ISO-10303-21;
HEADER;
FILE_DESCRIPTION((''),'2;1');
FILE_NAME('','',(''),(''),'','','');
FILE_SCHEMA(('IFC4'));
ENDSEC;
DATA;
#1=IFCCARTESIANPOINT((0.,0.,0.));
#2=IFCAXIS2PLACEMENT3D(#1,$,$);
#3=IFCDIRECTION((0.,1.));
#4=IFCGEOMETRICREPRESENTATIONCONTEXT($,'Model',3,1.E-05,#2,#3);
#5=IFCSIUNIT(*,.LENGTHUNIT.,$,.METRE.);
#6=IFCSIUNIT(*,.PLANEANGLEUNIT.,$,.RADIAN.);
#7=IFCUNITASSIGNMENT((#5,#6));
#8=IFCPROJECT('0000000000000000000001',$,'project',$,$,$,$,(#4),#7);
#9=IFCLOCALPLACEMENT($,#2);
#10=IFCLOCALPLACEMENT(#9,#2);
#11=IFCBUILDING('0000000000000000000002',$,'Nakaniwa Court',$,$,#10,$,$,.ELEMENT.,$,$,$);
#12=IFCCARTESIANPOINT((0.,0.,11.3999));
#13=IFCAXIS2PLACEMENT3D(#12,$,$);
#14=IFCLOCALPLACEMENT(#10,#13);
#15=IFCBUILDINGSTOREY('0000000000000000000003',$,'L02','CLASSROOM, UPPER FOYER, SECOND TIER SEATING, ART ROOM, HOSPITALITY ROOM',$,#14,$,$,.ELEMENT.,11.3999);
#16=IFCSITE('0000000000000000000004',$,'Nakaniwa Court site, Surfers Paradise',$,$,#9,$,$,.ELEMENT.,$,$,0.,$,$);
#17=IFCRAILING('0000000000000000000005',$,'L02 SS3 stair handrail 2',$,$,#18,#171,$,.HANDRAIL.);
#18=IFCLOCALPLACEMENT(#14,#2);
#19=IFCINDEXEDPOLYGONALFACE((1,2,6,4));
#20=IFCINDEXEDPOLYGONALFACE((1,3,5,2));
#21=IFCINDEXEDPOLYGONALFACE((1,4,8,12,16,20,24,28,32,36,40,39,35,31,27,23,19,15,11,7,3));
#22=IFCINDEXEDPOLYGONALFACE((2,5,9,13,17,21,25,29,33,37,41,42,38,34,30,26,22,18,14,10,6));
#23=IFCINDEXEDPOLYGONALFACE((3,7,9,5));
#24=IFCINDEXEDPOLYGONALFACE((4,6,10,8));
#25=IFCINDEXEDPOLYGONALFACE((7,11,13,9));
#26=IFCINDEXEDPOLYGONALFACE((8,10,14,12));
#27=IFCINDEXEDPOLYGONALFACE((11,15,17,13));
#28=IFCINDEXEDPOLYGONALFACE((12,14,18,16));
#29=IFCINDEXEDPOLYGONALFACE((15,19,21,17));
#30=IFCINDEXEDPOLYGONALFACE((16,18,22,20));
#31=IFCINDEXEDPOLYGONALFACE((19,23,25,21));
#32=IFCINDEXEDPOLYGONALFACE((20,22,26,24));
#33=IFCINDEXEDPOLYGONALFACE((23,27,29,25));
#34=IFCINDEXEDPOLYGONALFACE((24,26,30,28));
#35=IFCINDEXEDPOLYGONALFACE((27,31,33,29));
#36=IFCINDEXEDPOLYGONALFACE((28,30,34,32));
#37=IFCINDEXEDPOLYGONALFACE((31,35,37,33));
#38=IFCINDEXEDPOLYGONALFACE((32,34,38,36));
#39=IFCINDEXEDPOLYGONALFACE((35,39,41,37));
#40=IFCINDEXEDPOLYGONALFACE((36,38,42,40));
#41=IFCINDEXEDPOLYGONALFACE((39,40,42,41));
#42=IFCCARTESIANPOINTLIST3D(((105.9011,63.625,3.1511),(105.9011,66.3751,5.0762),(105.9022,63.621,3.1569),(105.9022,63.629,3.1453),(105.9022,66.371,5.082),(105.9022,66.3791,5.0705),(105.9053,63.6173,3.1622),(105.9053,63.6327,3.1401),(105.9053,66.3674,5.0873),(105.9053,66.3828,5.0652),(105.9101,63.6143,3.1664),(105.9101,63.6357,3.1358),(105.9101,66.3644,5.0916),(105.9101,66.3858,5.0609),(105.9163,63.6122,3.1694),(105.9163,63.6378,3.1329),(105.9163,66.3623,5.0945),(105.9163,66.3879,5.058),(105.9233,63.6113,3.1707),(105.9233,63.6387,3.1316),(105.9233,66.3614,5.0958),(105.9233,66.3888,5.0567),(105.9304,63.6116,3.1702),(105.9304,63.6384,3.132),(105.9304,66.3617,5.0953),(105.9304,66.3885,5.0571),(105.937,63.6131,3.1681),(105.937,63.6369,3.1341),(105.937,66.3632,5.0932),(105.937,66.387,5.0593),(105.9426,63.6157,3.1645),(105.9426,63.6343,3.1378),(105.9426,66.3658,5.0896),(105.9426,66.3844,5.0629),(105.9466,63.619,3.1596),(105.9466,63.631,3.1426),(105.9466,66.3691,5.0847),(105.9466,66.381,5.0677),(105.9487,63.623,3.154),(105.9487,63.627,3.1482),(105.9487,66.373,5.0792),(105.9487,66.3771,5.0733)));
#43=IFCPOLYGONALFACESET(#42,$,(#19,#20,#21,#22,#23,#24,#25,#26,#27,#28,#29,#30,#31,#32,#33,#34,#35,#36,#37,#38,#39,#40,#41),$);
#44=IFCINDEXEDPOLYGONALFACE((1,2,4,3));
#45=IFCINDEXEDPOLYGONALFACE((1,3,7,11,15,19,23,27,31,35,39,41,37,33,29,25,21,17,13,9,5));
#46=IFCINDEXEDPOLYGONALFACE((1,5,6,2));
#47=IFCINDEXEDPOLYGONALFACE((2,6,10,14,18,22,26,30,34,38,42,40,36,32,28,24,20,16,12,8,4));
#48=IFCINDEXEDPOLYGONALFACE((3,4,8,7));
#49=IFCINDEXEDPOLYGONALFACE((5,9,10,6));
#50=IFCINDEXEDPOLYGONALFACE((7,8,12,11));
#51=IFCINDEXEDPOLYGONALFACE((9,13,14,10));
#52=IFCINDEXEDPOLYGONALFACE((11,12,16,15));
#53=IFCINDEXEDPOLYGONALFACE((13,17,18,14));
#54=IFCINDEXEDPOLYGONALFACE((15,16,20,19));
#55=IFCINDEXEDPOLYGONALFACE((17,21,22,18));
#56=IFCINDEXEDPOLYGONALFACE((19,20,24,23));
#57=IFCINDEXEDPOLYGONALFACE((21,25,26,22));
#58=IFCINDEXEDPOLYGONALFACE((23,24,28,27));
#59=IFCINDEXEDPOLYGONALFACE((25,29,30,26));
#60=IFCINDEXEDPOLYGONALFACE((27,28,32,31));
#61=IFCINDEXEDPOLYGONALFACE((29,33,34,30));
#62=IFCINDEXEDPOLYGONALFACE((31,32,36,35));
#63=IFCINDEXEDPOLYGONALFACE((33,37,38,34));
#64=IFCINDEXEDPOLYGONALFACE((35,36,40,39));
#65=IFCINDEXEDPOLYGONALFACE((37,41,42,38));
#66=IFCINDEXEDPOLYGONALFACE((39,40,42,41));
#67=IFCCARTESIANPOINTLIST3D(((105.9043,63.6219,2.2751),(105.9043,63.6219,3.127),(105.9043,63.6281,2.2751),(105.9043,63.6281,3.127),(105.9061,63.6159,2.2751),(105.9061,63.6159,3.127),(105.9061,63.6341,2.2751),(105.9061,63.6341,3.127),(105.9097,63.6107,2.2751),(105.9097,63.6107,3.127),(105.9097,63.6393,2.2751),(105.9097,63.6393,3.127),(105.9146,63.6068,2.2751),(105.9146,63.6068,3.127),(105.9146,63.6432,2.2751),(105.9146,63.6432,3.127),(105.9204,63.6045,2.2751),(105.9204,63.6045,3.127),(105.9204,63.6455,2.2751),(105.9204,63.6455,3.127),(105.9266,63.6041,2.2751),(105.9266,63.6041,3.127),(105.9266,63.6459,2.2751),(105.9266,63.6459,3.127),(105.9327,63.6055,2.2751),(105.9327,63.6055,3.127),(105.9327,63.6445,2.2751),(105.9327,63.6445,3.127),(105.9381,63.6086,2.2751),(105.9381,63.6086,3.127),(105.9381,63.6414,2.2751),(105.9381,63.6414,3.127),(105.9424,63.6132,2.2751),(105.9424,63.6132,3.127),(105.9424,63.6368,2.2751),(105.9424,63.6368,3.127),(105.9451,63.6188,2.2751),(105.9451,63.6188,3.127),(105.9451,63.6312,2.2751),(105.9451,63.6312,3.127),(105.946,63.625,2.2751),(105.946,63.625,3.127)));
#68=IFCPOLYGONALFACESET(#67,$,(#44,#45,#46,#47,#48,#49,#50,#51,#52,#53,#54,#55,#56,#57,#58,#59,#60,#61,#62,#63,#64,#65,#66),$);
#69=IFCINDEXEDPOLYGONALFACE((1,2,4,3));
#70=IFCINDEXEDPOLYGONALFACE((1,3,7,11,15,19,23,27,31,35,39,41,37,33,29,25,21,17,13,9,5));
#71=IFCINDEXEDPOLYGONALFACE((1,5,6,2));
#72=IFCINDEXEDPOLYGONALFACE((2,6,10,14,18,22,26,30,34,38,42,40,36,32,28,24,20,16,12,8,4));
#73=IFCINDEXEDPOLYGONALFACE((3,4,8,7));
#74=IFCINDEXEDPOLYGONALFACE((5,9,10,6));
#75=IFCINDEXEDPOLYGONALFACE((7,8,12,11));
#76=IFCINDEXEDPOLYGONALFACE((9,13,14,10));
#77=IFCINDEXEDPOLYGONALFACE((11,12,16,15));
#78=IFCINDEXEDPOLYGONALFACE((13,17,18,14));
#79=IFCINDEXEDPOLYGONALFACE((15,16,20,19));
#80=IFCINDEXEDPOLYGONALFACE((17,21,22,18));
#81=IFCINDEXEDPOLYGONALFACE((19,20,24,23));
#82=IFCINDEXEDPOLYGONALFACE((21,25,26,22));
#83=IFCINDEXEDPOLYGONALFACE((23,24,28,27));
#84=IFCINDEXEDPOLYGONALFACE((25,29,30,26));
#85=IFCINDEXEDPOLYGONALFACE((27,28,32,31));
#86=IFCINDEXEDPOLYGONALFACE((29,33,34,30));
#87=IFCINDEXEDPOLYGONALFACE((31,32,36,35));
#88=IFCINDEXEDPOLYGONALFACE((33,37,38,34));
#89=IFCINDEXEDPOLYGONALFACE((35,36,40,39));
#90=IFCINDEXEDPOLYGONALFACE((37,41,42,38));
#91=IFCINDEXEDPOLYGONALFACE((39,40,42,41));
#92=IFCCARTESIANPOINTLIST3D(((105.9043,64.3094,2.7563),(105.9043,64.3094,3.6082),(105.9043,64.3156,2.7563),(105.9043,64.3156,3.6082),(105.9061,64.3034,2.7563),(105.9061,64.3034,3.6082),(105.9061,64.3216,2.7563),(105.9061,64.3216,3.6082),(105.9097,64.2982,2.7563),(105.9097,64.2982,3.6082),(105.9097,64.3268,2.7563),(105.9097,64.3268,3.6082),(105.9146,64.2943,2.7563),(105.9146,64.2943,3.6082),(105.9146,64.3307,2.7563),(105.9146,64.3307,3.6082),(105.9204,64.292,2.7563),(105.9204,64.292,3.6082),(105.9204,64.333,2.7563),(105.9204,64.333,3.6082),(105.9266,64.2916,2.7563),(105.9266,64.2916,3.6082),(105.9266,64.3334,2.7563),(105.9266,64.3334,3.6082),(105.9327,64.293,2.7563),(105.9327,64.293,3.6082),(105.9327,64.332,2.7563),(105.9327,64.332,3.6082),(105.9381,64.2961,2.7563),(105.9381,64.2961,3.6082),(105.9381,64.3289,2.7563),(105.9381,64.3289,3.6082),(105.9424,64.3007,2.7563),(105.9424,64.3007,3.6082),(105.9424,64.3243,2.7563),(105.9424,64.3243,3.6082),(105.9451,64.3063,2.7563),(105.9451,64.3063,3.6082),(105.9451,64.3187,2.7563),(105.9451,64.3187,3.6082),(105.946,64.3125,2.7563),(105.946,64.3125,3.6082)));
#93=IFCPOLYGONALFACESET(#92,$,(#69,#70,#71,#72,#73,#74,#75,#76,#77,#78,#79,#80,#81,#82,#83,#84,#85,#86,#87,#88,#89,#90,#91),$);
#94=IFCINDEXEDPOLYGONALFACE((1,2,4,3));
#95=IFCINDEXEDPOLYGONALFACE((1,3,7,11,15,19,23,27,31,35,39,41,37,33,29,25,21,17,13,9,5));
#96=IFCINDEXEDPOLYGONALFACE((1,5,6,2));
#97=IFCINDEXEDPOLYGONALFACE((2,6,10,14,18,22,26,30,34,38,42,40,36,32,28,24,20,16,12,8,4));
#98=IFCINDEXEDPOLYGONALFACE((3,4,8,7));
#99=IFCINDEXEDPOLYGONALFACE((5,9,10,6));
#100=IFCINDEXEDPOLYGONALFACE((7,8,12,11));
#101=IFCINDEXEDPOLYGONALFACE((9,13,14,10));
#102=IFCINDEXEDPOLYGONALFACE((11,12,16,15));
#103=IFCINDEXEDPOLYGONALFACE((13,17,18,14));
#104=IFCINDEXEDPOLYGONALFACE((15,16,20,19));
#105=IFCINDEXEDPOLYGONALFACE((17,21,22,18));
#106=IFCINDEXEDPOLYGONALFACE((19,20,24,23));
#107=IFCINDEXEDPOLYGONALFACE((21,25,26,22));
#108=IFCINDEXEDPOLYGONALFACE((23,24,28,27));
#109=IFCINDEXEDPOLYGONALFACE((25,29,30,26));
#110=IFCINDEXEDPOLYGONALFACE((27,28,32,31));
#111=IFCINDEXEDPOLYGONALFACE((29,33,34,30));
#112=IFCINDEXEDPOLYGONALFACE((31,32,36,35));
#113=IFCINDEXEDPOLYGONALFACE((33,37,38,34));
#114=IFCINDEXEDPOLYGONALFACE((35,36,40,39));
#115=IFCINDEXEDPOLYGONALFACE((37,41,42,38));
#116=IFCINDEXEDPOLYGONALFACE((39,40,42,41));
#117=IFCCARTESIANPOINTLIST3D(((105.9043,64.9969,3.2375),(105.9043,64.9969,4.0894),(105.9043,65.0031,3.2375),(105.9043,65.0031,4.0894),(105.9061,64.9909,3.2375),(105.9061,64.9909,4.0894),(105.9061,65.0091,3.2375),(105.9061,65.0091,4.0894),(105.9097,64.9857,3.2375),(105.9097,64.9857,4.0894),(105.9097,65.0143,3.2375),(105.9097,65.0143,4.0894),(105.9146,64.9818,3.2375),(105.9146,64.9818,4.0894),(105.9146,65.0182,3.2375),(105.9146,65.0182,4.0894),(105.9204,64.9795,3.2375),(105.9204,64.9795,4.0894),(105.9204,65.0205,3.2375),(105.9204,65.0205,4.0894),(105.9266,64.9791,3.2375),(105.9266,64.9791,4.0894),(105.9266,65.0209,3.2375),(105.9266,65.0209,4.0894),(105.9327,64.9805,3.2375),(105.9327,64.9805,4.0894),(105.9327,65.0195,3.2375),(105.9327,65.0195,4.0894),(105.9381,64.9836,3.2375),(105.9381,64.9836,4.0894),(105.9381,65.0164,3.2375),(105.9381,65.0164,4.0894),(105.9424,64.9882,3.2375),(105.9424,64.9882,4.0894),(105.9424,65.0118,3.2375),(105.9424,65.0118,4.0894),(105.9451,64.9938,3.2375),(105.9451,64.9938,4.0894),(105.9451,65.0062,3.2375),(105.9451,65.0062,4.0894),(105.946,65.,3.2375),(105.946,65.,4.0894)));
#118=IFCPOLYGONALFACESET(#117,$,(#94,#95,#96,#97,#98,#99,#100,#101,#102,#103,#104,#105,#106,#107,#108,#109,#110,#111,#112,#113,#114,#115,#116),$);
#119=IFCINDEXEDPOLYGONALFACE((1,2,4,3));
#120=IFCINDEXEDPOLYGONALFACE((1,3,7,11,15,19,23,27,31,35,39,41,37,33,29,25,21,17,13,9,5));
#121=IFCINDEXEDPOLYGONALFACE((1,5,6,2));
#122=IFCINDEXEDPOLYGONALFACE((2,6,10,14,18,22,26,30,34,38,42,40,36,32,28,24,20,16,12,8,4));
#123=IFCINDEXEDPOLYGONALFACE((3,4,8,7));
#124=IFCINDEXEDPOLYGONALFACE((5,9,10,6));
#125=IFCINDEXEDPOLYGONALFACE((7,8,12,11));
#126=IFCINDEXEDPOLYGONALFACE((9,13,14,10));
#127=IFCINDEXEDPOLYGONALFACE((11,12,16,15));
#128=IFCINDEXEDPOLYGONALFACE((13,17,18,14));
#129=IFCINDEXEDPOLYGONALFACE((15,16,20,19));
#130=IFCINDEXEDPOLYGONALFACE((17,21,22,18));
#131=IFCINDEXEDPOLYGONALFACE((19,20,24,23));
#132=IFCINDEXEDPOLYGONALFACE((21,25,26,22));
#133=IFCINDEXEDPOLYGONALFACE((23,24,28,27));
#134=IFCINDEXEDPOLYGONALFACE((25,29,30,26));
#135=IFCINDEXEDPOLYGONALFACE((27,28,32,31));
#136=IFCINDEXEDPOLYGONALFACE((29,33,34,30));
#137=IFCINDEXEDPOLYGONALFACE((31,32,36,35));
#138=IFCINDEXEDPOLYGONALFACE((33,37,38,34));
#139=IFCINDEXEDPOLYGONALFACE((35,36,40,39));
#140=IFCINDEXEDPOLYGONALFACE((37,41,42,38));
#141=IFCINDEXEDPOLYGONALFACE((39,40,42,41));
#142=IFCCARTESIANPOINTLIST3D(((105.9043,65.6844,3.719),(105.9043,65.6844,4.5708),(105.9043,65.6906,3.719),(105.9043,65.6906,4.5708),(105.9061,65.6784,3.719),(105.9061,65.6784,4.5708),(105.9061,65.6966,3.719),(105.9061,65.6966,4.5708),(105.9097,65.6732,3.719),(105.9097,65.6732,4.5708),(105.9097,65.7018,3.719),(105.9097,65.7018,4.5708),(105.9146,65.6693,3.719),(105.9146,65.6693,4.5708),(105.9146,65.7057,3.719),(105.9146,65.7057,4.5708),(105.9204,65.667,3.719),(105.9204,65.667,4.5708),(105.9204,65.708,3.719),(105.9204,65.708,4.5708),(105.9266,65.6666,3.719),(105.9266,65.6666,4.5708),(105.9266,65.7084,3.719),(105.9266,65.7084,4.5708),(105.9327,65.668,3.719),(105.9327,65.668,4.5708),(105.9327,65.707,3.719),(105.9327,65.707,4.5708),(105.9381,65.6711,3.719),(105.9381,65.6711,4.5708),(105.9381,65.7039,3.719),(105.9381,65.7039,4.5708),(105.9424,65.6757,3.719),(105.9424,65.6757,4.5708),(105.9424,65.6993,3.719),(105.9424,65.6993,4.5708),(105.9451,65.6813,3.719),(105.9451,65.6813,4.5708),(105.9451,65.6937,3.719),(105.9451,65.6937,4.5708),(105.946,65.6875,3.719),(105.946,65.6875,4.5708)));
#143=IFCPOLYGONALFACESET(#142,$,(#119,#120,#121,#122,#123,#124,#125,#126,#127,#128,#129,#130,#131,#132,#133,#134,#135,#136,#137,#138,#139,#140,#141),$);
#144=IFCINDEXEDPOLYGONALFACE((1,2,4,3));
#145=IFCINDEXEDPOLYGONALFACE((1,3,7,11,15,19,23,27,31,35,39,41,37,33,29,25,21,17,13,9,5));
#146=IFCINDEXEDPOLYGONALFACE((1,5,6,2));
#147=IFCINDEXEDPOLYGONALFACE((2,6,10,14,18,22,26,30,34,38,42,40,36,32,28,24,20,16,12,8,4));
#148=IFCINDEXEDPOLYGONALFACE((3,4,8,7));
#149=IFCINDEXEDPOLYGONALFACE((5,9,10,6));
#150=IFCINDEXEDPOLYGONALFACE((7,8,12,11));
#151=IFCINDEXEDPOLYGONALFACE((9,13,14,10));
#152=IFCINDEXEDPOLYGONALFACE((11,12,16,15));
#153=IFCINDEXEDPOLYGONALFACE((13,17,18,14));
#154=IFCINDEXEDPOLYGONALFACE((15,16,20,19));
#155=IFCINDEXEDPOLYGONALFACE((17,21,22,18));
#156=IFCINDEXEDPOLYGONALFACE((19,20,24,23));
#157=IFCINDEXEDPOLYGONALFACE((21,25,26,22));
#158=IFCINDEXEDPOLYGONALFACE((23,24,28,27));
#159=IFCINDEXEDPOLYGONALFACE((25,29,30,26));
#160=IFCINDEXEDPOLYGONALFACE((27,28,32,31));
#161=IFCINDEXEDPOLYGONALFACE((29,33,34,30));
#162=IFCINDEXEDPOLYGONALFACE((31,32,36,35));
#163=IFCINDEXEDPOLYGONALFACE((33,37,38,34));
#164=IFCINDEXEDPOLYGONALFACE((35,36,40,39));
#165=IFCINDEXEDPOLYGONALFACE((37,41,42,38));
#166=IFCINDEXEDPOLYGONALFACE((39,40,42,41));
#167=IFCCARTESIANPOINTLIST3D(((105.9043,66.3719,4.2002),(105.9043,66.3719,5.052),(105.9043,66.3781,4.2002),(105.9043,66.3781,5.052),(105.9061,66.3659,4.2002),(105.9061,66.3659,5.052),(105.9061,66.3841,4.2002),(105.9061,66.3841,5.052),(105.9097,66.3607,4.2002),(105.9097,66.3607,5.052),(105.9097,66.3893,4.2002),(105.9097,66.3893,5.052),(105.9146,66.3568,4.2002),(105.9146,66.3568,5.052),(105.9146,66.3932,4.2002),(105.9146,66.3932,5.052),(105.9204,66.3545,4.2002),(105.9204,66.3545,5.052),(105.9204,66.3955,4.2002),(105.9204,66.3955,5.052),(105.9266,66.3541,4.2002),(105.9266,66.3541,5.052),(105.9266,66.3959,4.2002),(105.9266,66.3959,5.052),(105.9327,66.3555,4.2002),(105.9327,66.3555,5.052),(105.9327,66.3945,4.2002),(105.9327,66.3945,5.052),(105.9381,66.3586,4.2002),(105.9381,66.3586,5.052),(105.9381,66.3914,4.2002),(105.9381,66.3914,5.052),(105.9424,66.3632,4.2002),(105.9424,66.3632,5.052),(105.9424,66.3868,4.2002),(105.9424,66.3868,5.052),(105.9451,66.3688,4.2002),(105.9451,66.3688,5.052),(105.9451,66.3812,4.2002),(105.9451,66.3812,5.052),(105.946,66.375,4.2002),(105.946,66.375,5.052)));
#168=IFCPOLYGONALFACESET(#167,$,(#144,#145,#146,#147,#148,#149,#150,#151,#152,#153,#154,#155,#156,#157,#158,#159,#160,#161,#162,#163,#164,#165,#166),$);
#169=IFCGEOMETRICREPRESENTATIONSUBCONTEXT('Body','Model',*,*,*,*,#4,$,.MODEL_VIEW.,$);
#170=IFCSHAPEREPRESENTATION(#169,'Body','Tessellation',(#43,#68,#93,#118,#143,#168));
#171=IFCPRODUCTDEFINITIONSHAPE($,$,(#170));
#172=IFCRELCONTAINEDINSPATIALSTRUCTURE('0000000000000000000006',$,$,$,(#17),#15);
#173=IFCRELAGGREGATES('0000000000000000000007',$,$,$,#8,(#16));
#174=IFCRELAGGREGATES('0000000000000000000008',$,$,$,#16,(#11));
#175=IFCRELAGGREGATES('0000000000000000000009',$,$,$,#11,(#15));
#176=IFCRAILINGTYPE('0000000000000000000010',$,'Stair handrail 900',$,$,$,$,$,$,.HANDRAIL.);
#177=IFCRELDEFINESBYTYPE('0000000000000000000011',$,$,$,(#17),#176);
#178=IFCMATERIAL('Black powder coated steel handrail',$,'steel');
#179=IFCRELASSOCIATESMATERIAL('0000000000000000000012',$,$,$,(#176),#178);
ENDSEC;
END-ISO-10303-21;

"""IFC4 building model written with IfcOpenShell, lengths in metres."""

from ifc_helpers import new_model, si_unit, direction, frame, origin, origin_2d, place, context, subcontext, project, spatial, circle, extrude, material, type_object, element, save


model = new_model("IFC4")

# Units and contexts
model_context = context("Model", 3, precision=1e-05, world=origin(), true_north=direction((0.0, 1.0)))
body_context = subcontext(model_context, "Body", "Model", "MODEL_VIEW")
ifc_project = project(units=[si_unit("LENGTHUNIT", "METRE"), si_unit("PLANEANGLEUNIT", "RADIAN")], contexts=[model_context])

# Site, building, storey
site_placement = place(None, origin())
site = spatial("IfcSite", under=ifc_project, at=site_placement, Name="Nakaniwa Court site, Surfers Paradise", CompositionType="ELEMENT", RefElevation=0.0)
building_placement = place(site_placement, origin())
building = spatial("IfcBuilding", under=site, at=building_placement, Name="Nakaniwa Court", CompositionType="ELEMENT")
storey_placement = place(building_placement, frame((0.0, 0.0, 11.3999)))
storey = spatial("IfcBuildingStorey", under=building, at=storey_placement, Name="L02", Description="CLASSROOM, UPPER FOYER, SECOND TIER SEATING, ART ROOM, HOSPITALITY ROOM", CompositionType="ELEMENT", Elevation=11.3999)

# Railing
ifc_material_1 = material(Name="Black powder coated steel handrail", Category="steel")
railing_type_1 = type_object("IfcRailingType", Name="Stair handrail 900", PredefinedType="HANDRAIL", material=ifc_material_1)
railing_1_placement = place(storey_placement, frame((105.925, 63.625, 2.2751)))
element("IfcRailing", 1, at=railing_1_placement, inside=storey, type_object=railing_type_1, Name="L02 SS3 stair handrail 2", PredefinedType="HANDRAIL", context=body_context, shape_type="SweptSolid", body=[
    extrude(circle(Radius=0.0239, at=origin_2d()), frame((0.0, 0.0, 0.876), z_axis=(0.0, 0.819225, 0.573472), x_axis=(-1.0, 0.0, 0.0)), (0.0, 0.0, 1.0), 3.3569),
    extrude(circle(Radius=0.021, at=origin_2d()), origin(), (0.0, 0.0, 1.0), 0.8518),
    extrude(circle(Radius=0.021, at=origin_2d()), frame((0.0, 0.6875, 0.4812)), (0.0, 0.0, 1.0), 0.8518),
    extrude(circle(Radius=0.021, at=origin_2d()), frame((0.0, 1.375, 0.9624)), (0.0, 0.0, 1.0), 0.8518),
    extrude(circle(Radius=0.021, at=origin_2d()), frame((0.0, 2.0625, 1.4438)), (0.0, 0.0, 1.0), 0.8518),
    extrude(circle(Radius=0.021, at=origin_2d()), frame((0.0, 2.75, 1.925)), (0.0, 0.0, 1.0), 0.8518),
])

save(model, "model.ifc")
